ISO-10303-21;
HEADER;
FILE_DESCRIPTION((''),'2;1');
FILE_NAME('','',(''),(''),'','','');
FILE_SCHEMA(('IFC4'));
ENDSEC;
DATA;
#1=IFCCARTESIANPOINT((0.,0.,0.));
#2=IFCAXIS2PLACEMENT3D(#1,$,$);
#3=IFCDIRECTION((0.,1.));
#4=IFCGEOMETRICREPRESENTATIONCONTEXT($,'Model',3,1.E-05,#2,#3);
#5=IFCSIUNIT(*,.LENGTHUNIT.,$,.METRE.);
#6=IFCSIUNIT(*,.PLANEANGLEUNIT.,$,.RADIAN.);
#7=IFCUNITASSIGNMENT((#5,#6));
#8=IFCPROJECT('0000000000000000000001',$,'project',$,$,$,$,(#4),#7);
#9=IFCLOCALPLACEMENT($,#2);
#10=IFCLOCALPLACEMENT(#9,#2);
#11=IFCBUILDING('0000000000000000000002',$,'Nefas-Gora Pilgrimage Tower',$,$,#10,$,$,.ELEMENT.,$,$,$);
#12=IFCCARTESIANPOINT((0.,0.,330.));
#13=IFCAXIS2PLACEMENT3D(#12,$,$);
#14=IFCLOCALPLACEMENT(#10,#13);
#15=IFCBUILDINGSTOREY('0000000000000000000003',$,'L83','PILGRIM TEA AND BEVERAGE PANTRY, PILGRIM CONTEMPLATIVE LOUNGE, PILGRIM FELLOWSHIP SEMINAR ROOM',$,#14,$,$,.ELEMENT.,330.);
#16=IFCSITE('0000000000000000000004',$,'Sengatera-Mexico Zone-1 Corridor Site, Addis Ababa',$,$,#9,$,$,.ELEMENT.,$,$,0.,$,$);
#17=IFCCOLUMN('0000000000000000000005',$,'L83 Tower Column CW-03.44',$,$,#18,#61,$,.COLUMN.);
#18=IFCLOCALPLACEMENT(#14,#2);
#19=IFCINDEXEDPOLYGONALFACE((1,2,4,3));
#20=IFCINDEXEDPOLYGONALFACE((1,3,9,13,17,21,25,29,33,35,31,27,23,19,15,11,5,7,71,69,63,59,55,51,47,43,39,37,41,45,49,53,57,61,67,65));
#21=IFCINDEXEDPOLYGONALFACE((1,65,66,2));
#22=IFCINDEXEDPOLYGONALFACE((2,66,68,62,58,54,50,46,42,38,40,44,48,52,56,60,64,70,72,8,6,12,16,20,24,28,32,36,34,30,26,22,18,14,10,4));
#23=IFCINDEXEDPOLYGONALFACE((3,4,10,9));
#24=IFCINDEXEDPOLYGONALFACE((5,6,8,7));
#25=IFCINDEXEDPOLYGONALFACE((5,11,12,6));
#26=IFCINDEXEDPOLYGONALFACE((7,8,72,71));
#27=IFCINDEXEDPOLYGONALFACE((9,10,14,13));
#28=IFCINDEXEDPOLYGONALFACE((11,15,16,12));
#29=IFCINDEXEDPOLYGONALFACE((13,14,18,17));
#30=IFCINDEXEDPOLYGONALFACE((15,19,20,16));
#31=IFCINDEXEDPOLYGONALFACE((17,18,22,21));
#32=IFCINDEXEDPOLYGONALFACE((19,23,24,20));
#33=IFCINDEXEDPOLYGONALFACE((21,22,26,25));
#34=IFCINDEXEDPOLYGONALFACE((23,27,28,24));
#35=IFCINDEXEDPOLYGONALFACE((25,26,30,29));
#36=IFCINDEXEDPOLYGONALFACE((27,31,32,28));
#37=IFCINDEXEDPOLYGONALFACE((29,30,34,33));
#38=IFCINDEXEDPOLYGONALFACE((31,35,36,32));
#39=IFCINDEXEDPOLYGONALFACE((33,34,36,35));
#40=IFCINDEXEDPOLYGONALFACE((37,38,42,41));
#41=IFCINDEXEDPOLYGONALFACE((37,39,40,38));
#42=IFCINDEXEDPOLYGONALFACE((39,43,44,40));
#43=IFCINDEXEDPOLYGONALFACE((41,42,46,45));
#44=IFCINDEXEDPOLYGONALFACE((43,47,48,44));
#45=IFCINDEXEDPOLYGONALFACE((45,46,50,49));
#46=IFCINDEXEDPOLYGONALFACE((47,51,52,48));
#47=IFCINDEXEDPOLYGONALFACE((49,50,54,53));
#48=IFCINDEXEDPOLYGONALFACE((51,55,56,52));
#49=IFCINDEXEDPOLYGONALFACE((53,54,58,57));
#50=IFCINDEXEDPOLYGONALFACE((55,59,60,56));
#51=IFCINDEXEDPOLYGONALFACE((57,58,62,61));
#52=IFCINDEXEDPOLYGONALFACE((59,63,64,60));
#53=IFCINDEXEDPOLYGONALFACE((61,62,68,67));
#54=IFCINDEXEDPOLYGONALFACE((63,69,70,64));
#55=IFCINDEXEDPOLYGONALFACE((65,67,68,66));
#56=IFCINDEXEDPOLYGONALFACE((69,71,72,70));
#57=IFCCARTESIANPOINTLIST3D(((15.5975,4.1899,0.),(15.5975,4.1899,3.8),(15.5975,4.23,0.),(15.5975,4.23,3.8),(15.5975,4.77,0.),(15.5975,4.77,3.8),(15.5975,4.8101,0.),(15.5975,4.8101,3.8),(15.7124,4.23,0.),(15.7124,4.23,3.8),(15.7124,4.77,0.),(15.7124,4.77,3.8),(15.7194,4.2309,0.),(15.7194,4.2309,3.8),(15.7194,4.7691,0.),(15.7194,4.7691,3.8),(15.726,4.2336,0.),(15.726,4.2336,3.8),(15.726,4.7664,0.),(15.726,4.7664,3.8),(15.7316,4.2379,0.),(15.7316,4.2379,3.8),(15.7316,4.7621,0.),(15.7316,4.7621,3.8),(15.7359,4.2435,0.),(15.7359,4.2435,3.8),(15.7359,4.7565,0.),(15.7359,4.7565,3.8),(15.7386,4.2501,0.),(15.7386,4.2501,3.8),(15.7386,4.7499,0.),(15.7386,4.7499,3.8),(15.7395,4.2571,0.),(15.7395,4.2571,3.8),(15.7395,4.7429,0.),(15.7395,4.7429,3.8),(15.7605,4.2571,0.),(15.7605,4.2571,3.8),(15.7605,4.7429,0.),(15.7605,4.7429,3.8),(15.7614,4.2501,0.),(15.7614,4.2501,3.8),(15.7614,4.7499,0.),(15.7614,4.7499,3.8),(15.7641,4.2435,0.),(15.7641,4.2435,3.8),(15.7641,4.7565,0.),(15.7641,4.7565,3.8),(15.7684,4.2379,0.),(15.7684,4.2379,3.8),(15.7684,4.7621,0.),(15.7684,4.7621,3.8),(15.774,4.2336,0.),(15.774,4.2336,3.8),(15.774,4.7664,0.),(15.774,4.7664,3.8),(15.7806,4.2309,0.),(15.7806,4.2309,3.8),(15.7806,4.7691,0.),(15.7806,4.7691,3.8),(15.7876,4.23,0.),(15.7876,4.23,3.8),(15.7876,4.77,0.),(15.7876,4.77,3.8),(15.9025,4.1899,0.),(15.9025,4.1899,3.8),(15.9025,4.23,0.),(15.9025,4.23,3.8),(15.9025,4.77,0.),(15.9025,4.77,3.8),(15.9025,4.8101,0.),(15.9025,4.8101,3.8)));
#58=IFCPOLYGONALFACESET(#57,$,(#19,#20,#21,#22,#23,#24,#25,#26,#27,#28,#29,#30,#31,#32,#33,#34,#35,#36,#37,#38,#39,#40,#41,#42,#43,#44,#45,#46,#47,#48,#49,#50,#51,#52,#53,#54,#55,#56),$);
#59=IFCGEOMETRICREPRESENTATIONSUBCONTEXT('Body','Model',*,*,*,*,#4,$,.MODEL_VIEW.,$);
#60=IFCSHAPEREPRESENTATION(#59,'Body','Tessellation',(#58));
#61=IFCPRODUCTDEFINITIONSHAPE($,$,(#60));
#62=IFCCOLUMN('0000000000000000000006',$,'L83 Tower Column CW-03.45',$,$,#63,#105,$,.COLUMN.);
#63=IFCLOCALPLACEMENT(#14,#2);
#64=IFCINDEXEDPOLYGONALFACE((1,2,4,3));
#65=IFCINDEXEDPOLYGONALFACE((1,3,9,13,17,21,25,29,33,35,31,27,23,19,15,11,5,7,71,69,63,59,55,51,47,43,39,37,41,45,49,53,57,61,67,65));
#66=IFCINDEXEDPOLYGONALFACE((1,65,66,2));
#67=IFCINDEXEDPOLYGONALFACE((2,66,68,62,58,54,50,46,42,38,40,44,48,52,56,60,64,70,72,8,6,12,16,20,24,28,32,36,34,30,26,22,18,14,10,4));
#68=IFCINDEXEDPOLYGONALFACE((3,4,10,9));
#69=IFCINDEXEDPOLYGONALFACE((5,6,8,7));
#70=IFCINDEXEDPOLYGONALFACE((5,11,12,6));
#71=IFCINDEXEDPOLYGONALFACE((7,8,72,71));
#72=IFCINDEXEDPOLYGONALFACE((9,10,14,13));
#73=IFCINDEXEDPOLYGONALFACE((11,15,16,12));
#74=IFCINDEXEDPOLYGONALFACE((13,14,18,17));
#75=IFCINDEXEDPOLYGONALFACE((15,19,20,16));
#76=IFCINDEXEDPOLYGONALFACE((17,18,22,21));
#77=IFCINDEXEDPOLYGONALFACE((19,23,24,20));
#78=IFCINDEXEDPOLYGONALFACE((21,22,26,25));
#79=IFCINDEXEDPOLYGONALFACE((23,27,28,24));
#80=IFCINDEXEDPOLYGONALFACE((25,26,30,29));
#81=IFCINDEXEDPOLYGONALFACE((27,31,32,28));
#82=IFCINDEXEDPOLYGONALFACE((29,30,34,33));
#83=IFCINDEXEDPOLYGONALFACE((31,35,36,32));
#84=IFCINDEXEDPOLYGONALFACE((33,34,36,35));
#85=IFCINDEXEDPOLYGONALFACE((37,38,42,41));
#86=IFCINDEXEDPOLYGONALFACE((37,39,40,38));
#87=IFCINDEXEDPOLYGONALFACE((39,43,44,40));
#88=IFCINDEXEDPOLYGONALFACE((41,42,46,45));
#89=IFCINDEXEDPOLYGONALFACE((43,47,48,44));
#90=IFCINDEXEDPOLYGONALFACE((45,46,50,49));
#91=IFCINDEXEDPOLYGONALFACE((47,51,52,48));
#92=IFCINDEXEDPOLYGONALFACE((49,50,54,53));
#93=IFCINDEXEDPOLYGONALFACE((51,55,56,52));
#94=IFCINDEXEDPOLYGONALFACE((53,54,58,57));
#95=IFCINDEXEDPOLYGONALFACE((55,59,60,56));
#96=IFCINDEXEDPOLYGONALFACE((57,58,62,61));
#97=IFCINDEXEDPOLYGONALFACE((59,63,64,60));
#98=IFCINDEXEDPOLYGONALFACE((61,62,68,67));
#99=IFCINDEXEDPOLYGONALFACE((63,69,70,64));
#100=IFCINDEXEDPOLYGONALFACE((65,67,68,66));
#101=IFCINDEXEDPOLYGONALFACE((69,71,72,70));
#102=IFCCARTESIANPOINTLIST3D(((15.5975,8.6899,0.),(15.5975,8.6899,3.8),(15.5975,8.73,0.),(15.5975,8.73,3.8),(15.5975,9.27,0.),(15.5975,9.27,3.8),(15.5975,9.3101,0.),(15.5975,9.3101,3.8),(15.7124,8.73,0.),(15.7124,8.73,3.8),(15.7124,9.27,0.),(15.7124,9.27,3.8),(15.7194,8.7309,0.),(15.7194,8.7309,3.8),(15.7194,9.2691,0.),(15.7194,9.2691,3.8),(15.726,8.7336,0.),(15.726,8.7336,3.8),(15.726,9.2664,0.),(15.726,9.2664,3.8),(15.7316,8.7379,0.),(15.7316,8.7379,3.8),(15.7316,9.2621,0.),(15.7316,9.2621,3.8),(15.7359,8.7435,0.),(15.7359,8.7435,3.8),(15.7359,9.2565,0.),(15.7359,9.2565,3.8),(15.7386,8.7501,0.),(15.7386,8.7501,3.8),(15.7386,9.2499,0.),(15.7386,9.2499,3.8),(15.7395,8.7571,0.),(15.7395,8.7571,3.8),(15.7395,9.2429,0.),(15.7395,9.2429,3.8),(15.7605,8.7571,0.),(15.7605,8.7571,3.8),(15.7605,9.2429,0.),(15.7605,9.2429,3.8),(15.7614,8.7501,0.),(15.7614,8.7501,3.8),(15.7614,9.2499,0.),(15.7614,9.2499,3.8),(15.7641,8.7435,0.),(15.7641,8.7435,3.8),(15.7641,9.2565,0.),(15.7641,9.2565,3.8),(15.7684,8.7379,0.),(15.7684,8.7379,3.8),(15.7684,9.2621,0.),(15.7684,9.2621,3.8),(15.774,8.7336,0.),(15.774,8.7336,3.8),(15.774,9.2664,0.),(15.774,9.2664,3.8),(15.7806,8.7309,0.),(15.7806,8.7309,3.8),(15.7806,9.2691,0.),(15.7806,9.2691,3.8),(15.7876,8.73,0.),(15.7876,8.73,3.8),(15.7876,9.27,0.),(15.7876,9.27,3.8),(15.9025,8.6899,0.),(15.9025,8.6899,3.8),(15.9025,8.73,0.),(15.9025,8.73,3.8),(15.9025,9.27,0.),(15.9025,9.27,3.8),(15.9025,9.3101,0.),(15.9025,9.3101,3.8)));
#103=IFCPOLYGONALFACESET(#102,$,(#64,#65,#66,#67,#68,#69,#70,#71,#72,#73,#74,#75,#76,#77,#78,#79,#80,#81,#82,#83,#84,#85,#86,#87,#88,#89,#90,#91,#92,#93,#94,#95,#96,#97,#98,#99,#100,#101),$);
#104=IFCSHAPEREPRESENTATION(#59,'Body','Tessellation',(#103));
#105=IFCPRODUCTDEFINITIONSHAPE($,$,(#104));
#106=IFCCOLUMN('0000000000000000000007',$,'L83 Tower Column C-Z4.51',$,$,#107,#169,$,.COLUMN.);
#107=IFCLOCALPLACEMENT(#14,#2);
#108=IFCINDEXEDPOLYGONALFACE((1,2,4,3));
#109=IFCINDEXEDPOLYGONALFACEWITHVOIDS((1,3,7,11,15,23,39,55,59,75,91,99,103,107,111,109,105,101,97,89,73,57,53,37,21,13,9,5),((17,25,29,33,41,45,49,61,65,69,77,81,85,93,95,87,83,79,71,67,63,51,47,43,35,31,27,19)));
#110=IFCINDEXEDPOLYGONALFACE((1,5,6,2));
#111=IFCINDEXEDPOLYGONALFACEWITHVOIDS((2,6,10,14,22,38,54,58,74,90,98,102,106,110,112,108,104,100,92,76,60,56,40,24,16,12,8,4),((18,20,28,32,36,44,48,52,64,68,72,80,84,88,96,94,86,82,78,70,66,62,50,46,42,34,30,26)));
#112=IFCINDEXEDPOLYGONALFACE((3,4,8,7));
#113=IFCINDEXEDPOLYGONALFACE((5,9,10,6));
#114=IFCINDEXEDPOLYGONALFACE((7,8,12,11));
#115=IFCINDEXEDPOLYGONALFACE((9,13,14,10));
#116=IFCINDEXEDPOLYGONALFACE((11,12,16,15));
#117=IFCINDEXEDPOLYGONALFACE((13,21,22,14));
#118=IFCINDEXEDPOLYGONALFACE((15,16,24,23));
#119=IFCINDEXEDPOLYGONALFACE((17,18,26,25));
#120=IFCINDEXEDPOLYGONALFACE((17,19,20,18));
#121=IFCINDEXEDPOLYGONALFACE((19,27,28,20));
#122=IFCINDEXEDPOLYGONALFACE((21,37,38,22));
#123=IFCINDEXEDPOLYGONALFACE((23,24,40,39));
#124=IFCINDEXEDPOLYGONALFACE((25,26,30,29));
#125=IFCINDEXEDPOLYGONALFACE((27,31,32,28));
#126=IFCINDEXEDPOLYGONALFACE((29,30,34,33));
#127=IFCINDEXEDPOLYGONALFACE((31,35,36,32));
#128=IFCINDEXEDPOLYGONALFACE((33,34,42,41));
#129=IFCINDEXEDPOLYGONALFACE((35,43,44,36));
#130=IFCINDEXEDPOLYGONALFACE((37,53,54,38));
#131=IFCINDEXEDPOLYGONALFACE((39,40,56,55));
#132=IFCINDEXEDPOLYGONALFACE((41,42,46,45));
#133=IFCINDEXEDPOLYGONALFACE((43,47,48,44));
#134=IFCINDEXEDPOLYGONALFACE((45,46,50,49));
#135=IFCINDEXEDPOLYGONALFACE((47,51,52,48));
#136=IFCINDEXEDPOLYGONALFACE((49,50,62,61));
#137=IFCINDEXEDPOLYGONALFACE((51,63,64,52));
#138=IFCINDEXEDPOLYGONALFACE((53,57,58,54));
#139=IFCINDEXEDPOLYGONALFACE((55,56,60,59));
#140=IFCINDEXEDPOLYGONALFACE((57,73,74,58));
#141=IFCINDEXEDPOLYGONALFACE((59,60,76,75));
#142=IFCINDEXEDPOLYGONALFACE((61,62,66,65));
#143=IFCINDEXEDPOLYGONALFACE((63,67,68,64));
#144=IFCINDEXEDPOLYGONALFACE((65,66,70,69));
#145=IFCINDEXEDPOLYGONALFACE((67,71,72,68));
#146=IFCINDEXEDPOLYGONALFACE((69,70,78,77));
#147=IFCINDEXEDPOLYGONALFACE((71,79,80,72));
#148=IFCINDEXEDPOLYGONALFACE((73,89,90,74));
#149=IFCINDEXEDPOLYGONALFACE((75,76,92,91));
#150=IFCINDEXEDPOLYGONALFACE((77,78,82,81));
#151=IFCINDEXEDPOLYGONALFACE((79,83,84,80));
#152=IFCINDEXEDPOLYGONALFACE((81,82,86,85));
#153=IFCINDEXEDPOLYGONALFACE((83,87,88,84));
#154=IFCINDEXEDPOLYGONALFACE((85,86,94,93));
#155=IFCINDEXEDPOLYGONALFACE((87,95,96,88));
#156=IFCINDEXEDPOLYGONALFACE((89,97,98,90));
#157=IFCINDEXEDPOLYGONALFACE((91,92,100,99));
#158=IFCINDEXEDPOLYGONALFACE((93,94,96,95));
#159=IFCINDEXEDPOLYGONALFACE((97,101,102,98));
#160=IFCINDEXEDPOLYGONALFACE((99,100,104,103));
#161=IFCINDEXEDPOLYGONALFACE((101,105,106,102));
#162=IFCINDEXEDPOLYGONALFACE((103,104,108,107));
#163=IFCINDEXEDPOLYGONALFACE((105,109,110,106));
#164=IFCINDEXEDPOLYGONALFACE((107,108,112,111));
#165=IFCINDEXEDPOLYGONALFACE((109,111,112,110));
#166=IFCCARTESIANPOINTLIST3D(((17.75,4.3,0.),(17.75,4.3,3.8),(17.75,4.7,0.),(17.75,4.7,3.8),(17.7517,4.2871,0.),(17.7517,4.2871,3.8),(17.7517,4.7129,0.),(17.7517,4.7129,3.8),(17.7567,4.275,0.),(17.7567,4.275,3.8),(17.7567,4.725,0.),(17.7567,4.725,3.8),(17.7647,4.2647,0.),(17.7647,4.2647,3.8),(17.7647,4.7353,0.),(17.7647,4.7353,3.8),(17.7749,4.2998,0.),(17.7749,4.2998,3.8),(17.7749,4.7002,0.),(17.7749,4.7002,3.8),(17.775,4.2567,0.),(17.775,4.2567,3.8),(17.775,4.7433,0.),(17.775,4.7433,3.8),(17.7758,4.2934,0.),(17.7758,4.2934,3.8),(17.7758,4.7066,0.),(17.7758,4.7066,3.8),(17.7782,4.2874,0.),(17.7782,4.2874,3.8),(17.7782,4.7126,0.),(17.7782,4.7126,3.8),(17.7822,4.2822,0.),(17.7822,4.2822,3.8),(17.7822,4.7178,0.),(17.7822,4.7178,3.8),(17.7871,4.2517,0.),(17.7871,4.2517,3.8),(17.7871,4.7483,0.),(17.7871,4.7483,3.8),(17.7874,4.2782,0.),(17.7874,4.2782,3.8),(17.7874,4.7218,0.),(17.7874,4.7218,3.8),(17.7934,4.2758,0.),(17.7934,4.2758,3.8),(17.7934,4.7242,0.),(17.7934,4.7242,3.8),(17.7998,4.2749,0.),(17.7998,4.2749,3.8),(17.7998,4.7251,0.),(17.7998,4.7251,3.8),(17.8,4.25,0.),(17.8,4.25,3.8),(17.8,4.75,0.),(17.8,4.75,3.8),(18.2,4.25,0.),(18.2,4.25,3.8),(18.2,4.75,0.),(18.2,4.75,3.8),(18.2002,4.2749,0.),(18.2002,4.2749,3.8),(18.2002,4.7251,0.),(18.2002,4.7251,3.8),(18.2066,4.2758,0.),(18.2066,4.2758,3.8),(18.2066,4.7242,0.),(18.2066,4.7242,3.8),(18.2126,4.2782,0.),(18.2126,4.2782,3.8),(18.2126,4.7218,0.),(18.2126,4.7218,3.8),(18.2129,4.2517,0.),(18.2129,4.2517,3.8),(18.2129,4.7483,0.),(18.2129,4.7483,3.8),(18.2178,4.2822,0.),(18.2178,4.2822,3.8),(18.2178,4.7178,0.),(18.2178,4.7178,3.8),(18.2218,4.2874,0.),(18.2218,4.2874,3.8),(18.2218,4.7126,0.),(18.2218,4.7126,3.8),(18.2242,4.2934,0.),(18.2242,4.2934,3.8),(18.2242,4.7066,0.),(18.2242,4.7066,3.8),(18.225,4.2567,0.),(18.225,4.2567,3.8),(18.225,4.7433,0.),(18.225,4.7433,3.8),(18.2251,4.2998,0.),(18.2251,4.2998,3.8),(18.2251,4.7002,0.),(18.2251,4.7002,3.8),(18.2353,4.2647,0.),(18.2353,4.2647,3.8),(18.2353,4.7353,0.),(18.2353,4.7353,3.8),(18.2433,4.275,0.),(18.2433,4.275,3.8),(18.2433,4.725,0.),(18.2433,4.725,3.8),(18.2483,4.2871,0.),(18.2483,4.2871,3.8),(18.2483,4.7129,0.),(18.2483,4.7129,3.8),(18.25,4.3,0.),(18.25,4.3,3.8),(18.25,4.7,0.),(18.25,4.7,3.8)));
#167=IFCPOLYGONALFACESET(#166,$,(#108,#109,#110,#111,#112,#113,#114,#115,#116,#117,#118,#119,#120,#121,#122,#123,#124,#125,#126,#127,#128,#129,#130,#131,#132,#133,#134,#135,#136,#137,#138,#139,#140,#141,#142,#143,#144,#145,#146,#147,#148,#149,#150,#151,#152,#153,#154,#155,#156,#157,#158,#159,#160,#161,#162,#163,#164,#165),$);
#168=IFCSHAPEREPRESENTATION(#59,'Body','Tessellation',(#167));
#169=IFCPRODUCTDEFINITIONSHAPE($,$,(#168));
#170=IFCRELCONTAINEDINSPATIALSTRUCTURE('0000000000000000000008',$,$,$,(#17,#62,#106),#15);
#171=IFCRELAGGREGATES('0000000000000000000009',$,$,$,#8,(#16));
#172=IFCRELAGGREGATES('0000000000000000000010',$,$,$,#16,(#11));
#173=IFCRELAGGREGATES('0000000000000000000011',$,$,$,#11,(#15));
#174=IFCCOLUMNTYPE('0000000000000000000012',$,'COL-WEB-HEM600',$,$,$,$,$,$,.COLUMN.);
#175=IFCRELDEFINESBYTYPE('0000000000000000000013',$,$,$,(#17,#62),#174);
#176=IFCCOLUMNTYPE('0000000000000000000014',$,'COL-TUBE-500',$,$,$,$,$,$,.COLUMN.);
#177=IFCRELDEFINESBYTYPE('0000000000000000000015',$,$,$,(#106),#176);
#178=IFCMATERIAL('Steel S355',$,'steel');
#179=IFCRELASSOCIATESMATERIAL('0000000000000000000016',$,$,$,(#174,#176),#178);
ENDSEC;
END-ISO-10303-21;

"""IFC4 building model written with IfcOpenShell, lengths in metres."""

from ifc_helpers import new_model, si_unit, direction, frame, origin, origin_2d, place, context, subcontext, project, spatial, hollow_rectangle, i_section, extrude, source, transform, mapped, material, material_profile, profile_set, type_object, element, save


model = new_model("IFC4")

# Units and contexts
model_context = context("Model", 3, precision=1e-05, world=origin(), true_north=direction((0.0, 1.0)))
body_context = subcontext(model_context, "Body", "Model", "MODEL_VIEW")
ifc_project = project(units=[si_unit("LENGTHUNIT", "METRE"), si_unit("PLANEANGLEUNIT", "RADIAN")], contexts=[model_context])

# Site, building, storey
site_placement = place(None, origin())
site = spatial("IfcSite", under=ifc_project, at=site_placement, Name="Sengatera-Mexico Zone-1 Corridor Site, Addis Ababa", CompositionType="ELEMENT", RefElevation=0.0)
building_placement = place(site_placement, origin())
building = spatial("IfcBuilding", under=site, at=building_placement, Name="Nefas-Gora Pilgrimage Tower", CompositionType="ELEMENT")
storey_placement = place(building_placement, frame((0.0, 0.0, 330.0)))
storey = spatial("IfcBuildingStorey", under=building, at=storey_placement, Name="L83", Description="PILGRIM TEA AND BEVERAGE PANTRY, PILGRIM CONTEMPLATIVE LOUNGE, PILGRIM FELLOWSHIP SEMINAR ROOM", CompositionType="ELEMENT", Elevation=330.0)

# Columns
ifc_material_1 = material(Name="Steel S355", Category="steel")
ifc_material_profile_1 = material_profile(ifc_material_1, i_section(OverallWidth=0.3049, OverallDepth=0.6201, WebThickness=0.021, FlangeThickness=0.04, FilletRadius=0.0271, at=origin_2d()), Name="HEM 600")
ifc_profile_set_1 = profile_set([ifc_material_profile_1], Name="Steel S355")
column_type_1 = type_object("IfcColumnType", Name="COL-WEB-HEM600", PredefinedType="COLUMN", material=ifc_profile_set_1)
shared_shape_1 = source(origin(), body_context, "Body", "SweptSolid", [
    extrude(i_section(OverallWidth=0.3049, OverallDepth=0.6201, WebThickness=0.021, FlangeThickness=0.04, FilletRadius=0.0271, at=origin_2d()), origin(), (0.0, 0.0, 1.0), 3.8),
])
for number, where, z_axis, x_axis, name in (
    (1, (15.75, 4.5, 0.0), (0.0, 0.0, 1.0), (1.0, 0.0, 0.0), "L83 Tower Column CW-03.44"),
    (2, (15.75, 9.0, 0.0), (0.0, 0.0, 1.0), (1.0, 0.0, 0.0), "L83 Tower Column CW-03.45"),
):
    element("IfcColumn", number, at=place(storey_placement, frame(where, z_axis=z_axis, x_axis=x_axis)), inside=storey, type_object=column_type_1, Name=name, PredefinedType="COLUMN", context=body_context, shape_type="MappedRepresentation", body=[
        mapped(shared_shape_1, transform((0.0, 0.0, 0.0), x_axis=(1.0, 0.0, 0.0), y_axis=(0.0, 1.0, 0.0), z_axis=(0.0, 0.0, 1.0), scale=1.0)),
    ])
ifc_material_profile_2 = material_profile(ifc_material_1, hollow_rectangle(XDim=0.5, YDim=0.5, WallThickness=0.0249, InnerFilletRadius=0.0249, OuterFilletRadius=0.05, at=origin_2d()), Name="SHS 500x500x25")
ifc_profile_set_2 = profile_set([ifc_material_profile_2], Name="Steel S355")
column_type_2 = type_object("IfcColumnType", Name="COL-TUBE-500", PredefinedType="COLUMN", material=ifc_profile_set_2)
shared_shape_2 = source(origin(), body_context, "Body", "SweptSolid", [
    extrude(hollow_rectangle(XDim=0.5, YDim=0.5, WallThickness=0.0249, InnerFilletRadius=0.0249, OuterFilletRadius=0.05, at=origin_2d()), origin(), (0.0, 0.0, 1.0), 3.8),
])
for number, where, z_axis, x_axis, name in (
    (3, (18.0, 4.5, 0.0), (0.0, 0.0, 1.0), (1.0, 0.0, 0.0), "L83 Tower Column C-Z4.51"),
):
    element("IfcColumn", number, at=place(storey_placement, frame(where, z_axis=z_axis, x_axis=x_axis)), inside=storey, type_object=column_type_2, Name=name, PredefinedType="COLUMN", context=body_context, shape_type="MappedRepresentation", body=[
        mapped(shared_shape_2, transform((0.0, 0.0, 0.0), x_axis=(1.0, 0.0, 0.0), y_axis=(0.0, 1.0, 0.0), z_axis=(0.0, 0.0, 1.0), scale=1.0)),
    ])

save(model, "model.ifc")
